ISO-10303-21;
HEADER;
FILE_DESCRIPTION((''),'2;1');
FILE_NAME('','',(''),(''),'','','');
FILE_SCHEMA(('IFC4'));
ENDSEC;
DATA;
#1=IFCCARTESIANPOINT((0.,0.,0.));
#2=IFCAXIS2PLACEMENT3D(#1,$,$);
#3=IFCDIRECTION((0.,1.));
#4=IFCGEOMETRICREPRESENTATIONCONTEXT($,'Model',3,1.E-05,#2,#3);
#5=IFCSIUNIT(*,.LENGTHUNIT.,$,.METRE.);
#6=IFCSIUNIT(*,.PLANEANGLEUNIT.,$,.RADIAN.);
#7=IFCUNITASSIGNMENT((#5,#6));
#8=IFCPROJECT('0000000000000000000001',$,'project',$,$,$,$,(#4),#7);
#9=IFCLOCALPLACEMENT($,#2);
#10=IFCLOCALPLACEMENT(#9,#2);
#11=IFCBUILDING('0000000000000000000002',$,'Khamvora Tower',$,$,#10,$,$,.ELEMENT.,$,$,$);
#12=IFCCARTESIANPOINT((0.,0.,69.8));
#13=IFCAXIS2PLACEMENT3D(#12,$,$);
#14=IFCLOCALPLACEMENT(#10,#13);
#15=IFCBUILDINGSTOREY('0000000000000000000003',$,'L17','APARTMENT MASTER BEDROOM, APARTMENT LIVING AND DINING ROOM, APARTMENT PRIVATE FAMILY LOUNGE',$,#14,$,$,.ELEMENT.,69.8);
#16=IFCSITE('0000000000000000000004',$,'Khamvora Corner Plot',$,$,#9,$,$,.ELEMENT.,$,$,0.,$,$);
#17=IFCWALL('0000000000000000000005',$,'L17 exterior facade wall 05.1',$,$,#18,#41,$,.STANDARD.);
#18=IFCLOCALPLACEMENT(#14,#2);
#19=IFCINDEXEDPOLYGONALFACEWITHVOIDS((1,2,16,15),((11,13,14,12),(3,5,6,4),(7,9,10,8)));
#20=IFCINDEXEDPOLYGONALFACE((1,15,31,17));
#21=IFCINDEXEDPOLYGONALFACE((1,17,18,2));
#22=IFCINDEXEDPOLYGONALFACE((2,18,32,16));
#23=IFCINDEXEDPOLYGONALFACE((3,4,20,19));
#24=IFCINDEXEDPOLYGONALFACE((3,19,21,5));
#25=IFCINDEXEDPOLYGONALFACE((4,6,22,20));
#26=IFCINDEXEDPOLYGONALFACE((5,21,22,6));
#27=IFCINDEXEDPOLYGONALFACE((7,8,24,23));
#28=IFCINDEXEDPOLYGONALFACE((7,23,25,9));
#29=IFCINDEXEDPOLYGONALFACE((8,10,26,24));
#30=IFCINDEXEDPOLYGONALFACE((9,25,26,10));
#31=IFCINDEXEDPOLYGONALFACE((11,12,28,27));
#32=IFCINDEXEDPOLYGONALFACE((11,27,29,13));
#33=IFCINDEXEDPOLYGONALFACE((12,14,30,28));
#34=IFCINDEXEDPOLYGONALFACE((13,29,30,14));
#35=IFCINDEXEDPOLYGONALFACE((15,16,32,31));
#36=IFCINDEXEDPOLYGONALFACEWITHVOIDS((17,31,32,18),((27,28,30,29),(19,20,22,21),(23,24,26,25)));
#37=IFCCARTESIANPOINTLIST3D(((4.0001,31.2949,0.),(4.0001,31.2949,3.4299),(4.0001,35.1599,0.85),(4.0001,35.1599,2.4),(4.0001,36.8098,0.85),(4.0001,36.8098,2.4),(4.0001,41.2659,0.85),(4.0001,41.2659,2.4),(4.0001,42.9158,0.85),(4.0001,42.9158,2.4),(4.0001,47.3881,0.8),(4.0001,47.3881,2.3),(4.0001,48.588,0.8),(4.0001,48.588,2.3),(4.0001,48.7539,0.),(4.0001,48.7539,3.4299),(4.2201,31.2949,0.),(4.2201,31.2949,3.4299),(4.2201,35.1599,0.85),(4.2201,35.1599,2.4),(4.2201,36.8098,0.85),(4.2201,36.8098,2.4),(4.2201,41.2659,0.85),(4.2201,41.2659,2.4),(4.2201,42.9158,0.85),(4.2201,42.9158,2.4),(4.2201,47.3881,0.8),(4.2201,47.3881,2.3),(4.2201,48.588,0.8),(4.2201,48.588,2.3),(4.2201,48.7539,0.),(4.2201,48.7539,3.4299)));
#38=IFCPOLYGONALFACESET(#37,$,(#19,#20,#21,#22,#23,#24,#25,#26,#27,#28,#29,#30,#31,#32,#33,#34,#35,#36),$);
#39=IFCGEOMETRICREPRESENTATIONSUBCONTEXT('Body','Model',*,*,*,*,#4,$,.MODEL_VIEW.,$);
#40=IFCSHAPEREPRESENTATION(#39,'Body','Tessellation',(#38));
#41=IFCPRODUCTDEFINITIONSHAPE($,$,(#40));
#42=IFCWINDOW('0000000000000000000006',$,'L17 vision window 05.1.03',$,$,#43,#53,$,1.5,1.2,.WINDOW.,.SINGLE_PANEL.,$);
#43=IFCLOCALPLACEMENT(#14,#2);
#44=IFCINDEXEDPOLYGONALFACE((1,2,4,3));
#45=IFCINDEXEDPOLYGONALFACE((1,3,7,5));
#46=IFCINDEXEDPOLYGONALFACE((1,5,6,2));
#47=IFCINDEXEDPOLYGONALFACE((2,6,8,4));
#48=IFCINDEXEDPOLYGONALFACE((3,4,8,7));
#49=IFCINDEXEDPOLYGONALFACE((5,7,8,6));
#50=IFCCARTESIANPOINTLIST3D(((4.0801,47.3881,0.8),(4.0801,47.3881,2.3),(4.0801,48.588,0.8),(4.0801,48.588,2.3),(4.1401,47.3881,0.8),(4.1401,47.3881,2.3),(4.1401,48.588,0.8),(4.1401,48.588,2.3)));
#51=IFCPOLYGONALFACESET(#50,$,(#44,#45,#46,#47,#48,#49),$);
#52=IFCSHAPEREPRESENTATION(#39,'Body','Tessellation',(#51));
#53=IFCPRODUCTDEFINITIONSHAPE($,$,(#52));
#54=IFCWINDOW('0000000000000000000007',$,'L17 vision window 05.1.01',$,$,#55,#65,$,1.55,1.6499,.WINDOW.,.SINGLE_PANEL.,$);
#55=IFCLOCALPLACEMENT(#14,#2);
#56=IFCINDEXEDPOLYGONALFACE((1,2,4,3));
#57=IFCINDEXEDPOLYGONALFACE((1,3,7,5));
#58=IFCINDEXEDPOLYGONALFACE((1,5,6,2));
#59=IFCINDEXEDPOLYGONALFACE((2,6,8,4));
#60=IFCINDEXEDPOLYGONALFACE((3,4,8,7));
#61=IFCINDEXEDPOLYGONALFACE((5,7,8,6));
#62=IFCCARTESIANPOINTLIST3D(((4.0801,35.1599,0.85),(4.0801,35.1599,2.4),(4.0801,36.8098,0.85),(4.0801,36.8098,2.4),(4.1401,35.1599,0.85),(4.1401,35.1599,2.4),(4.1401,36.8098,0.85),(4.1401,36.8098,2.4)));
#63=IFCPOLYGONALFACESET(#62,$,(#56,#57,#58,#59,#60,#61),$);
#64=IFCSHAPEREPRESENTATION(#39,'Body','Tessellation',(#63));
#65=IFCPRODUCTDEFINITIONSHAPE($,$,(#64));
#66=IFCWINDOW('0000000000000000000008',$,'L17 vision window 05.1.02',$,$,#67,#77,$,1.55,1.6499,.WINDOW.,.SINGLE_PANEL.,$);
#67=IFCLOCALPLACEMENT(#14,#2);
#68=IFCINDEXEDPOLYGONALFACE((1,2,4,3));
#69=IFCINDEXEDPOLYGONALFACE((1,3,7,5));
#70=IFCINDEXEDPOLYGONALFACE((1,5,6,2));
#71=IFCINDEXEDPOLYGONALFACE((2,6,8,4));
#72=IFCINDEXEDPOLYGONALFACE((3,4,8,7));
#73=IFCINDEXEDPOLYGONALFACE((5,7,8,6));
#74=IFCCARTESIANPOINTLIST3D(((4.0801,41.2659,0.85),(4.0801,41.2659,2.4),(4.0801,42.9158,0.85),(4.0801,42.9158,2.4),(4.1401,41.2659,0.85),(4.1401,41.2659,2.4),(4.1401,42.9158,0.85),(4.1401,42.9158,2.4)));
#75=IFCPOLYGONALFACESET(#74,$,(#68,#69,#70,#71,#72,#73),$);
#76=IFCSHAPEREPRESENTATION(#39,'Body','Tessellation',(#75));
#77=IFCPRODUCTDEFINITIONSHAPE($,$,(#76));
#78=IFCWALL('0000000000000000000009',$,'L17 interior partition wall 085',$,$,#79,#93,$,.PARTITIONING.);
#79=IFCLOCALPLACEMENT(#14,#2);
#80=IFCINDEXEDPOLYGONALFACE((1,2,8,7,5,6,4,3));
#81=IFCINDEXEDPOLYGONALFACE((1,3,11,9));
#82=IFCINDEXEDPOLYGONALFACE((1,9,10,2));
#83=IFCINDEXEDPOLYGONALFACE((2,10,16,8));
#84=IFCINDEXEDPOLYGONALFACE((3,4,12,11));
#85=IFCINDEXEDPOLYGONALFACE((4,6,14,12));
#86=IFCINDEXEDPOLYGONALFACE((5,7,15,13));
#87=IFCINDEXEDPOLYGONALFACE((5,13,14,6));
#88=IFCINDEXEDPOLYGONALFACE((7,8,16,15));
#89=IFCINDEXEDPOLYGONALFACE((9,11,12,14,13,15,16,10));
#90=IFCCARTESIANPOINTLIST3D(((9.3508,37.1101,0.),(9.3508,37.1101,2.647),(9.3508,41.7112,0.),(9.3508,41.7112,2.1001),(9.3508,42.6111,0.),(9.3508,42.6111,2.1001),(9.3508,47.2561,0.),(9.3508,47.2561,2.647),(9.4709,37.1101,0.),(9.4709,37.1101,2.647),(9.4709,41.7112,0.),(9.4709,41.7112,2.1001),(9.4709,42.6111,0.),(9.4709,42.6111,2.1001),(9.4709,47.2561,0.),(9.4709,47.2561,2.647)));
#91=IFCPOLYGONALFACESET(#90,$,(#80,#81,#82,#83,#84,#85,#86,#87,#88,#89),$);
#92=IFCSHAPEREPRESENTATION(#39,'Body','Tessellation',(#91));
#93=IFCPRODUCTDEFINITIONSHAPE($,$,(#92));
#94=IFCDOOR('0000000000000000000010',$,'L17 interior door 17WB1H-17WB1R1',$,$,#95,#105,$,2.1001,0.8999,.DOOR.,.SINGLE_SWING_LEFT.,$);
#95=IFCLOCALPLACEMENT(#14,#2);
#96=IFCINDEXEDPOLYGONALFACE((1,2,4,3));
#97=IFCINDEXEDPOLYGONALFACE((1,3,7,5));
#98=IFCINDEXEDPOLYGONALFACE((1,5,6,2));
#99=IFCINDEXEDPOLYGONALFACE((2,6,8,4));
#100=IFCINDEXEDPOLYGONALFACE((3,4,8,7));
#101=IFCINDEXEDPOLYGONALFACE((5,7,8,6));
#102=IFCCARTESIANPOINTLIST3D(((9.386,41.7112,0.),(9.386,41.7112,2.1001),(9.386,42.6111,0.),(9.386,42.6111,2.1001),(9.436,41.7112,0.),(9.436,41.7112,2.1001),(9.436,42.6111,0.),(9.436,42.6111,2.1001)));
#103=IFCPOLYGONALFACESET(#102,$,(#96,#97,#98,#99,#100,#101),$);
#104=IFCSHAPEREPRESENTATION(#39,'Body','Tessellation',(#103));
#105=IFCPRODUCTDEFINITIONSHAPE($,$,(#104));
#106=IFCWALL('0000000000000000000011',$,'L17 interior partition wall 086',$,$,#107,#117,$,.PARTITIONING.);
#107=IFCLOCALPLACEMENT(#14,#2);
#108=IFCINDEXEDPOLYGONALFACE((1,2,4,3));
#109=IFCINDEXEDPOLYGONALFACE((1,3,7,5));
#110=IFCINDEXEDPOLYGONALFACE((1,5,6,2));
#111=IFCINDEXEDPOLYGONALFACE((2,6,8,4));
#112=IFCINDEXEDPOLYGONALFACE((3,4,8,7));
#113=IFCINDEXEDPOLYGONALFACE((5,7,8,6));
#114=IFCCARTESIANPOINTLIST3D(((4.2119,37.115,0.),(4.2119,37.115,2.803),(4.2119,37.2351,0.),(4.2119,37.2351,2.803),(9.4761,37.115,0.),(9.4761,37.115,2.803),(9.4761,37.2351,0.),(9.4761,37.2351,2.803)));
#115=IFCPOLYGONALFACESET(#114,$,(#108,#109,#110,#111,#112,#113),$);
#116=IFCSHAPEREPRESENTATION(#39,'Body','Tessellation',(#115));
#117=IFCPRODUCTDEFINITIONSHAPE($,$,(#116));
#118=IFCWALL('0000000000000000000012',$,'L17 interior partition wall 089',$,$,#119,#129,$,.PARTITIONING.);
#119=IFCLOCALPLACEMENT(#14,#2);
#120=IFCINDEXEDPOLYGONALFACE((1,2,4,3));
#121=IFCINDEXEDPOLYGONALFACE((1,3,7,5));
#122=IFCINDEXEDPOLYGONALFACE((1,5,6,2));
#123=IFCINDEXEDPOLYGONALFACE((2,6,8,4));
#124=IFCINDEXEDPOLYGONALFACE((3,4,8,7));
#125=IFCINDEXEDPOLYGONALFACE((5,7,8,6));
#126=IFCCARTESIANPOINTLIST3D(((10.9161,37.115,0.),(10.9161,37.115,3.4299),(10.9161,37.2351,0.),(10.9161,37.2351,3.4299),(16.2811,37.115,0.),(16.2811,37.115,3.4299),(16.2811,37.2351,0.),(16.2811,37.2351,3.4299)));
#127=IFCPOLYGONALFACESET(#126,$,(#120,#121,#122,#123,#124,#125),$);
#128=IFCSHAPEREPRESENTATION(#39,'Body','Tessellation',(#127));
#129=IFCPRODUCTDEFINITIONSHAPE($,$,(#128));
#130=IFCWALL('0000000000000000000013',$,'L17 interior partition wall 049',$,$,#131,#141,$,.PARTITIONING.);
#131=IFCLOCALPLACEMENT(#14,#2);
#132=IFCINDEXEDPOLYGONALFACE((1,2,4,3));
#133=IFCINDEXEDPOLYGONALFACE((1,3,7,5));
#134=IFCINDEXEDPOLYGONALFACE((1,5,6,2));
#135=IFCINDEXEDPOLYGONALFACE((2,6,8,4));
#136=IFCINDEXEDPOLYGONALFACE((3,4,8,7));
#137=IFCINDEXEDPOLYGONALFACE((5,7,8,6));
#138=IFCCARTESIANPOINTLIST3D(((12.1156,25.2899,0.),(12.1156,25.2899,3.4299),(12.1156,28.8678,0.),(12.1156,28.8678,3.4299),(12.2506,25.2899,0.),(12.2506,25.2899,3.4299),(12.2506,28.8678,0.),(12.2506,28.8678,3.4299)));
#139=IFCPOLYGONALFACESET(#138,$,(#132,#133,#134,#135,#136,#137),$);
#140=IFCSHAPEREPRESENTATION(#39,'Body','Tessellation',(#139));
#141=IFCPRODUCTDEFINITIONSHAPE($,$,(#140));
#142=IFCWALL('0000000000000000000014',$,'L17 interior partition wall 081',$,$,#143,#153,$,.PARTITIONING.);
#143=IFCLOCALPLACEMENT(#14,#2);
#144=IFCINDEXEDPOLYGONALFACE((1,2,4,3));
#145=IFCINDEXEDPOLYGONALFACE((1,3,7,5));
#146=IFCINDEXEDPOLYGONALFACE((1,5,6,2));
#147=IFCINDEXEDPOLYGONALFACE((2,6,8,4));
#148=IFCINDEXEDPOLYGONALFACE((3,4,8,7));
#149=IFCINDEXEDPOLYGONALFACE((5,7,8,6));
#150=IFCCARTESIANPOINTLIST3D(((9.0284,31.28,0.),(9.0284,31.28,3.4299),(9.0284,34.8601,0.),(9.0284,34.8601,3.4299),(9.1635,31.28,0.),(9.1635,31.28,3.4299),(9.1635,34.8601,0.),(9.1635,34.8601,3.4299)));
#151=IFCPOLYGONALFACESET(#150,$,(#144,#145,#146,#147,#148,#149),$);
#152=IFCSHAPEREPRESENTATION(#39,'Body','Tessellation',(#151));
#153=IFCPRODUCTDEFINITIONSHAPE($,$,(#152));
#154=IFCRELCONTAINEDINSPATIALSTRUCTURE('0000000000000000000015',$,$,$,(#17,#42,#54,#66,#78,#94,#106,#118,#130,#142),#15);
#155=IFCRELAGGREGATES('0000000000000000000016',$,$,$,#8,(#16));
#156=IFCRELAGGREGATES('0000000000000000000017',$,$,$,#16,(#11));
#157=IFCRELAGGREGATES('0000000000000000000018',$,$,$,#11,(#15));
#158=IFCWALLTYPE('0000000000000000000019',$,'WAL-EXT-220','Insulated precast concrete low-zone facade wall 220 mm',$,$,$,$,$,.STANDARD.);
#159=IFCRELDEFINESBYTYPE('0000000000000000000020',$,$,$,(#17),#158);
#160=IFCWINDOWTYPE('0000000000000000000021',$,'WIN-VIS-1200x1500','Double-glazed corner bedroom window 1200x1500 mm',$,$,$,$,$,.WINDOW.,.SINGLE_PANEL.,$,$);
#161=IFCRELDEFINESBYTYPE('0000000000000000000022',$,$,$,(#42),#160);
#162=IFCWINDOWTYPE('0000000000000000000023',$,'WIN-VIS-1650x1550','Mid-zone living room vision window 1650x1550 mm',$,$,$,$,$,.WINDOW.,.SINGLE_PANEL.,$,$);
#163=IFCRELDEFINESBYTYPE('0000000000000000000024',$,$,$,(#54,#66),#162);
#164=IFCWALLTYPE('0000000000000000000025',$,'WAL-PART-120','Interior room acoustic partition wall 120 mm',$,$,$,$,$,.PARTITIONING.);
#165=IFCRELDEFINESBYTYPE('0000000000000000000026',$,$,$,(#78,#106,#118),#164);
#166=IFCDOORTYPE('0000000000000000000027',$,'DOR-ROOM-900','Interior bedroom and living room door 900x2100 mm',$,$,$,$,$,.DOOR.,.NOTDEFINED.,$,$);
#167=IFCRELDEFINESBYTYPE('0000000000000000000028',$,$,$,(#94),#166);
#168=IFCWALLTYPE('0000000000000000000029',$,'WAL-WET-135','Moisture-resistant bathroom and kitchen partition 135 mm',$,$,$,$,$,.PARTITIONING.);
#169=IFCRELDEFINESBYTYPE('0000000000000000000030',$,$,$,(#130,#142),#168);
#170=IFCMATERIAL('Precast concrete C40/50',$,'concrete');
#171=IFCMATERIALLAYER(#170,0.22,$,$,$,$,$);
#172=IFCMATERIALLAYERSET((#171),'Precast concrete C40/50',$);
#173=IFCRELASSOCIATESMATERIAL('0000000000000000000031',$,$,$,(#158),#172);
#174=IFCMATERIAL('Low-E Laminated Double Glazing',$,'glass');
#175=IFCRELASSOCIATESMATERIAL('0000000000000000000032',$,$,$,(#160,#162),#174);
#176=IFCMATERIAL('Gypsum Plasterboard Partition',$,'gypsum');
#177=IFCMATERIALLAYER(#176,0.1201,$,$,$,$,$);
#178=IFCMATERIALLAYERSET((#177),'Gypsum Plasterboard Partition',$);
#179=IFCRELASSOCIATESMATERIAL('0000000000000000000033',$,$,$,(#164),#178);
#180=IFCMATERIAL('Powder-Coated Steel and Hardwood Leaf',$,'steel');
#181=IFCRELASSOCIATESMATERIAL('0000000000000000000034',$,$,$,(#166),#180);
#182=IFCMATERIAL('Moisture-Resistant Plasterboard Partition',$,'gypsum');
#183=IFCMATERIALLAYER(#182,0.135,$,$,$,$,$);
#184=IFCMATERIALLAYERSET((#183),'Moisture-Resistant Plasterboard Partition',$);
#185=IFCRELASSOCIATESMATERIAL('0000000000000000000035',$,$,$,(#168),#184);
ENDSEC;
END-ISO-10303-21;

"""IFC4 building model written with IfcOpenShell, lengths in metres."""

from ifc_helpers import new_model, si_unit, direction, frame, frame_2d, origin, place, context, subcontext, project, spatial, rectangle, extrude, material, layer, layer_set, type_object, element, fill, save


model = new_model("IFC4")

# Units and contexts
model_context = context("Model", 3, precision=1e-05, world=origin(), true_north=direction((0.0, 1.0)))
body_context = subcontext(model_context, "Body", "Model", "MODEL_VIEW")
ifc_project = project(units=[si_unit("LENGTHUNIT", "METRE"), si_unit("PLANEANGLEUNIT", "RADIAN")], contexts=[model_context])

# Site, building, storey
site_placement = place(None, origin())
site = spatial("IfcSite", under=ifc_project, at=site_placement, Name="Khamvora Corner Plot", CompositionType="ELEMENT", RefElevation=0.0)
building_placement = place(site_placement, origin())
building = spatial("IfcBuilding", under=site, at=building_placement, Name="Khamvora Tower", CompositionType="ELEMENT")
storey_placement = place(building_placement, frame((0.0, 0.0, 69.8)))
storey = spatial("IfcBuildingStorey", under=building, at=storey_placement, Name="L17", Description="APARTMENT MASTER BEDROOM, APARTMENT LIVING AND DINING ROOM, APARTMENT PRIVATE FAMILY LOUNGE", CompositionType="ELEMENT", Elevation=69.8)

# Shared definitions
ifc_material_1 = material(Name="Powder-Coated Steel and Hardwood Leaf", Category="steel")

# Shared definitions
ifc_material_2 = material(Name="Precast concrete C40/50", Category="concrete")
ifc_layer_1 = layer(ifc_material_2, 0.22)
ifc_layer_set_1 = layer_set([ifc_layer_1], Name="Precast concrete C40/50")
wall_type_1 = type_object("IfcWallType", Name="WAL-EXT-220", Description="Insulated precast concrete low-zone facade wall 220 mm", PredefinedType="STANDARD", material=ifc_layer_set_1)

# Wall, openings, windows
wall_1_placement = place(storey_placement, frame((4.1101, 31.2949, 0.0), z_axis=(0.0, 0.0, 1.0), x_axis=(0.0, 1.0, 0.0)))
wall_1 = element("IfcWall", 1, at=wall_1_placement, inside=storey, type_object=wall_type_1, Name="L17 exterior facade wall 05.1", PredefinedType="STANDARD", context=body_context, shape_type="SweptSolid", body=[
    extrude(rectangle(XDim=17.459, YDim=0.22, at=frame_2d((8.7295, 0.0))), origin(), (0.0, 0.0, 1.0), 3.4299),
])
opening_1_placement = place(wall_1_placement, frame((3.865, 0.0, 0.8501)))
opening_1 = element("IfcOpeningElement", 2, at=opening_1_placement, cuts=wall_1, PredefinedType="OPENING", context=body_context, shape_type="SweptSolid", body=[
    extrude(rectangle(XDim=1.6499, YDim=1.55, at=frame_2d((0.825, 0.7749))), frame((0.0, 0.1199, 0.0), z_axis=(0.0, -1.0, 0.0), x_axis=(1.0, 0.0, 0.0)), (0.0, 0.0, 1.0), 0.24),
])
opening_2_placement = place(wall_1_placement, frame((9.9709, 0.0, 0.8501)))
opening_2 = element("IfcOpeningElement", 3, at=opening_2_placement, cuts=wall_1, PredefinedType="OPENING", context=body_context, shape_type="SweptSolid", body=[
    extrude(rectangle(XDim=1.6499, YDim=1.55, at=frame_2d((0.825, 0.7749))), frame((0.0, 0.1199, 0.0), z_axis=(0.0, -1.0, 0.0), x_axis=(1.0, 0.0, 0.0)), (0.0, 0.0, 1.0), 0.24),
])
opening_3_placement = place(wall_1_placement, frame((16.093, 0.0, 0.8)))
opening_3 = element("IfcOpeningElement", 4, at=opening_3_placement, cuts=wall_1, PredefinedType="OPENING", context=body_context, shape_type="SweptSolid", body=[
    extrude(rectangle(XDim=1.2, YDim=1.5, at=frame_2d((0.6001, 0.75))), frame((0.0, 0.1199, 0.0), z_axis=(0.0, -1.0, 0.0), x_axis=(1.0, 0.0, 0.0)), (0.0, 0.0, 1.0), 0.24),
])
ifc_material_3 = material(Name="Low-E Laminated Double Glazing", Category="glass")
window_type_1 = type_object("IfcWindowType", Name="WIN-VIS-1200x1500", Description="Double-glazed corner bedroom window 1200x1500 mm", PartitioningType="SINGLE_PANEL", PredefinedType="WINDOW", material=ifc_material_3)
window_1_placement = place(opening_3_placement, origin())
window_1 = element("IfcWindow", 5, at=window_1_placement, inside=storey, type_object=window_type_1, Name="L17 vision window 05.1.03", OverallHeight=1.5, OverallWidth=1.2, PartitioningType="SINGLE_PANEL", PredefinedType="WINDOW", context=body_context, shape_type="SweptSolid", body=[
    extrude(rectangle(XDim=1.2, YDim=1.5, at=frame_2d((0.6001, 0.75))), frame((0.0, 0.03, 0.0), z_axis=(0.0, -1.0, 0.0), x_axis=(1.0, 0.0, 0.0)), (0.0, 0.0, 1.0), 0.0601),
])
fill(opening_3, window_1)
window_type_2 = type_object("IfcWindowType", Name="WIN-VIS-1650x1550", Description="Mid-zone living room vision window 1650x1550 mm", PartitioningType="SINGLE_PANEL", PredefinedType="WINDOW", material=ifc_material_3)
window_2_placement = place(opening_1_placement, origin())
window_2 = element("IfcWindow", 6, at=window_2_placement, inside=storey, type_object=window_type_2, Name="L17 vision window 05.1.01", OverallHeight=1.55, OverallWidth=1.6499, PartitioningType="SINGLE_PANEL", PredefinedType="WINDOW", context=body_context, shape_type="SweptSolid", body=[
    extrude(rectangle(XDim=1.6499, YDim=1.55, at=frame_2d((0.825, 0.7749))), frame((0.0, 0.03, 0.0), z_axis=(0.0, -1.0, 0.0), x_axis=(1.0, 0.0, 0.0)), (0.0, 0.0, 1.0), 0.0601),
])
fill(opening_1, window_2)
window_3_placement = place(opening_2_placement, origin())
window_3 = element("IfcWindow", 7, at=window_3_placement, inside=storey, type_object=window_type_2, Name="L17 vision window 05.1.02", OverallHeight=1.55, OverallWidth=1.6499, PartitioningType="SINGLE_PANEL", PredefinedType="WINDOW", context=body_context, shape_type="SweptSolid", body=[
    extrude(rectangle(XDim=1.6499, YDim=1.55, at=frame_2d((0.825, 0.7749))), frame((0.0, 0.03, 0.0), z_axis=(0.0, -1.0, 0.0), x_axis=(1.0, 0.0, 0.0)), (0.0, 0.0, 1.0), 0.0601),
])
fill(opening_2, window_3)

# Wall, opening, door
ifc_material_4 = material(Name="Gypsum Plasterboard Partition", Category="gypsum")
ifc_layer_2 = layer(ifc_material_4, 0.1201)
ifc_layer_set_2 = layer_set([ifc_layer_2], Name="Gypsum Plasterboard Partition")
wall_type_2 = type_object("IfcWallType", Name="WAL-PART-120", Description="Interior room acoustic partition wall 120 mm", PredefinedType="PARTITIONING", material=ifc_layer_set_2)
wall_2_placement = place(storey_placement, frame((9.4109, 37.1101, 0.0), z_axis=(0.0, 0.0, 1.0), x_axis=(0.0, 1.0, 0.0)))
wall_2 = element("IfcWall", 8, at=wall_2_placement, inside=storey, type_object=wall_type_2, Name="L17 interior partition wall 085", PredefinedType="PARTITIONING", context=body_context, shape_type="SweptSolid", body=[
    extrude(rectangle(XDim=10.146, YDim=0.1201, at=frame_2d((5.073, 0.0))), origin(), (0.0, 0.0, 1.0), 2.647),
])
opening_4_placement = place(wall_2_placement, frame((4.6011, 0.0, 0.0)))
opening_4 = element("IfcOpeningElement", 9, at=opening_4_placement, cuts=wall_2, PredefinedType="OPENING", context=body_context, shape_type="SweptSolid", body=[
    extrude(rectangle(XDim=0.8999, YDim=2.1001, at=frame_2d((0.45, 1.05))), frame((0.0, 0.0701, 0.0), z_axis=(0.0, -1.0, 0.0), x_axis=(1.0, 0.0, 0.0)), (0.0, 0.0, 1.0), 0.1401),
])
door_type_1 = type_object("IfcDoorType", Name="DOR-ROOM-900", Description="Interior bedroom and living room door 900x2100 mm", OperationType="NOTDEFINED", PredefinedType="DOOR", material=ifc_material_1)
door_1_placement = place(opening_4_placement, origin())
door_1 = element("IfcDoor", 10, at=door_1_placement, inside=storey, type_object=door_type_1, Name="L17 interior door 17WB1H-17WB1R1", OperationType="SINGLE_SWING_LEFT", OverallHeight=2.1001, OverallWidth=0.8999, PredefinedType="DOOR", context=body_context, shape_type="SweptSolid", body=[
    extrude(rectangle(XDim=0.8999, YDim=2.1001, at=frame_2d((0.45, 1.05))), frame((0.0, 0.0249, 0.0), z_axis=(0.0, -1.0, 0.0), x_axis=(1.0, 0.0, 0.0)), (0.0, 0.0, 1.0), 0.05),
])
fill(opening_4, door_1)

# Walls
wall_3_placement = place(storey_placement, frame((4.2119, 37.175, 0.0), z_axis=(0.0, 0.0, 1.0), x_axis=(1.0, 0.0, 0.0)))
element("IfcWall", 11, at=wall_3_placement, inside=storey, type_object=wall_type_2, Name="L17 interior partition wall 086", PredefinedType="PARTITIONING", context=body_context, shape_type="SweptSolid", body=[
    extrude(rectangle(XDim=5.2642, YDim=0.1201, at=frame_2d((2.6321, 0.0))), origin(), (0.0, 0.0, 1.0), 2.803),
])
wall_4_placement = place(storey_placement, frame((10.916, 37.175, 0.0), z_axis=(0.0, 0.0, 1.0), x_axis=(1.0, 0.0, 0.0)))
element("IfcWall", 12, at=wall_4_placement, inside=storey, type_object=wall_type_2, Name="L17 interior partition wall 089", PredefinedType="PARTITIONING", context=body_context, shape_type="SweptSolid", body=[
    extrude(rectangle(XDim=5.365, YDim=0.1201, at=frame_2d((2.6826, 0.0))), origin(), (0.0, 0.0, 1.0), 3.4299),
])
ifc_material_5 = material(Name="Moisture-Resistant Plasterboard Partition", Category="gypsum")
ifc_layer_3 = layer(ifc_material_5, 0.135)
ifc_layer_set_3 = layer_set([ifc_layer_3], Name="Moisture-Resistant Plasterboard Partition")
wall_type_3 = type_object("IfcWallType", Name="WAL-WET-135", Description="Moisture-resistant bathroom and kitchen partition 135 mm", PredefinedType="PARTITIONING", material=ifc_layer_set_3)
wall_5_placement = place(storey_placement, frame((12.1831, 28.8679, 0.0), z_axis=(0.0, 0.0, 1.0), x_axis=(0.0, -1.0, 0.0)))
element("IfcWall", 13, at=wall_5_placement, inside=storey, type_object=wall_type_3, Name="L17 interior partition wall 049", PredefinedType="PARTITIONING", context=body_context, shape_type="SweptSolid", body=[
    extrude(rectangle(XDim=3.5779, YDim=0.135, at=frame_2d((1.7891, 0.0))), origin(), (0.0, 0.0, 1.0), 3.4299),
])
wall_6_placement = place(storey_placement, frame((9.0959, 31.28, 0.0), z_axis=(0.0, 0.0, 1.0), x_axis=(0.0, 1.0, 0.0)))
element("IfcWall", 14, at=wall_6_placement, inside=storey, type_object=wall_type_3, Name="L17 interior partition wall 081", PredefinedType="PARTITIONING", context=body_context, shape_type="SweptSolid", body=[
    extrude(rectangle(XDim=3.5801, YDim=0.135, at=frame_2d((1.79, 0.0))), origin(), (0.0, 0.0, 1.0), 3.4299),
])

save(model, "model.ifc")
